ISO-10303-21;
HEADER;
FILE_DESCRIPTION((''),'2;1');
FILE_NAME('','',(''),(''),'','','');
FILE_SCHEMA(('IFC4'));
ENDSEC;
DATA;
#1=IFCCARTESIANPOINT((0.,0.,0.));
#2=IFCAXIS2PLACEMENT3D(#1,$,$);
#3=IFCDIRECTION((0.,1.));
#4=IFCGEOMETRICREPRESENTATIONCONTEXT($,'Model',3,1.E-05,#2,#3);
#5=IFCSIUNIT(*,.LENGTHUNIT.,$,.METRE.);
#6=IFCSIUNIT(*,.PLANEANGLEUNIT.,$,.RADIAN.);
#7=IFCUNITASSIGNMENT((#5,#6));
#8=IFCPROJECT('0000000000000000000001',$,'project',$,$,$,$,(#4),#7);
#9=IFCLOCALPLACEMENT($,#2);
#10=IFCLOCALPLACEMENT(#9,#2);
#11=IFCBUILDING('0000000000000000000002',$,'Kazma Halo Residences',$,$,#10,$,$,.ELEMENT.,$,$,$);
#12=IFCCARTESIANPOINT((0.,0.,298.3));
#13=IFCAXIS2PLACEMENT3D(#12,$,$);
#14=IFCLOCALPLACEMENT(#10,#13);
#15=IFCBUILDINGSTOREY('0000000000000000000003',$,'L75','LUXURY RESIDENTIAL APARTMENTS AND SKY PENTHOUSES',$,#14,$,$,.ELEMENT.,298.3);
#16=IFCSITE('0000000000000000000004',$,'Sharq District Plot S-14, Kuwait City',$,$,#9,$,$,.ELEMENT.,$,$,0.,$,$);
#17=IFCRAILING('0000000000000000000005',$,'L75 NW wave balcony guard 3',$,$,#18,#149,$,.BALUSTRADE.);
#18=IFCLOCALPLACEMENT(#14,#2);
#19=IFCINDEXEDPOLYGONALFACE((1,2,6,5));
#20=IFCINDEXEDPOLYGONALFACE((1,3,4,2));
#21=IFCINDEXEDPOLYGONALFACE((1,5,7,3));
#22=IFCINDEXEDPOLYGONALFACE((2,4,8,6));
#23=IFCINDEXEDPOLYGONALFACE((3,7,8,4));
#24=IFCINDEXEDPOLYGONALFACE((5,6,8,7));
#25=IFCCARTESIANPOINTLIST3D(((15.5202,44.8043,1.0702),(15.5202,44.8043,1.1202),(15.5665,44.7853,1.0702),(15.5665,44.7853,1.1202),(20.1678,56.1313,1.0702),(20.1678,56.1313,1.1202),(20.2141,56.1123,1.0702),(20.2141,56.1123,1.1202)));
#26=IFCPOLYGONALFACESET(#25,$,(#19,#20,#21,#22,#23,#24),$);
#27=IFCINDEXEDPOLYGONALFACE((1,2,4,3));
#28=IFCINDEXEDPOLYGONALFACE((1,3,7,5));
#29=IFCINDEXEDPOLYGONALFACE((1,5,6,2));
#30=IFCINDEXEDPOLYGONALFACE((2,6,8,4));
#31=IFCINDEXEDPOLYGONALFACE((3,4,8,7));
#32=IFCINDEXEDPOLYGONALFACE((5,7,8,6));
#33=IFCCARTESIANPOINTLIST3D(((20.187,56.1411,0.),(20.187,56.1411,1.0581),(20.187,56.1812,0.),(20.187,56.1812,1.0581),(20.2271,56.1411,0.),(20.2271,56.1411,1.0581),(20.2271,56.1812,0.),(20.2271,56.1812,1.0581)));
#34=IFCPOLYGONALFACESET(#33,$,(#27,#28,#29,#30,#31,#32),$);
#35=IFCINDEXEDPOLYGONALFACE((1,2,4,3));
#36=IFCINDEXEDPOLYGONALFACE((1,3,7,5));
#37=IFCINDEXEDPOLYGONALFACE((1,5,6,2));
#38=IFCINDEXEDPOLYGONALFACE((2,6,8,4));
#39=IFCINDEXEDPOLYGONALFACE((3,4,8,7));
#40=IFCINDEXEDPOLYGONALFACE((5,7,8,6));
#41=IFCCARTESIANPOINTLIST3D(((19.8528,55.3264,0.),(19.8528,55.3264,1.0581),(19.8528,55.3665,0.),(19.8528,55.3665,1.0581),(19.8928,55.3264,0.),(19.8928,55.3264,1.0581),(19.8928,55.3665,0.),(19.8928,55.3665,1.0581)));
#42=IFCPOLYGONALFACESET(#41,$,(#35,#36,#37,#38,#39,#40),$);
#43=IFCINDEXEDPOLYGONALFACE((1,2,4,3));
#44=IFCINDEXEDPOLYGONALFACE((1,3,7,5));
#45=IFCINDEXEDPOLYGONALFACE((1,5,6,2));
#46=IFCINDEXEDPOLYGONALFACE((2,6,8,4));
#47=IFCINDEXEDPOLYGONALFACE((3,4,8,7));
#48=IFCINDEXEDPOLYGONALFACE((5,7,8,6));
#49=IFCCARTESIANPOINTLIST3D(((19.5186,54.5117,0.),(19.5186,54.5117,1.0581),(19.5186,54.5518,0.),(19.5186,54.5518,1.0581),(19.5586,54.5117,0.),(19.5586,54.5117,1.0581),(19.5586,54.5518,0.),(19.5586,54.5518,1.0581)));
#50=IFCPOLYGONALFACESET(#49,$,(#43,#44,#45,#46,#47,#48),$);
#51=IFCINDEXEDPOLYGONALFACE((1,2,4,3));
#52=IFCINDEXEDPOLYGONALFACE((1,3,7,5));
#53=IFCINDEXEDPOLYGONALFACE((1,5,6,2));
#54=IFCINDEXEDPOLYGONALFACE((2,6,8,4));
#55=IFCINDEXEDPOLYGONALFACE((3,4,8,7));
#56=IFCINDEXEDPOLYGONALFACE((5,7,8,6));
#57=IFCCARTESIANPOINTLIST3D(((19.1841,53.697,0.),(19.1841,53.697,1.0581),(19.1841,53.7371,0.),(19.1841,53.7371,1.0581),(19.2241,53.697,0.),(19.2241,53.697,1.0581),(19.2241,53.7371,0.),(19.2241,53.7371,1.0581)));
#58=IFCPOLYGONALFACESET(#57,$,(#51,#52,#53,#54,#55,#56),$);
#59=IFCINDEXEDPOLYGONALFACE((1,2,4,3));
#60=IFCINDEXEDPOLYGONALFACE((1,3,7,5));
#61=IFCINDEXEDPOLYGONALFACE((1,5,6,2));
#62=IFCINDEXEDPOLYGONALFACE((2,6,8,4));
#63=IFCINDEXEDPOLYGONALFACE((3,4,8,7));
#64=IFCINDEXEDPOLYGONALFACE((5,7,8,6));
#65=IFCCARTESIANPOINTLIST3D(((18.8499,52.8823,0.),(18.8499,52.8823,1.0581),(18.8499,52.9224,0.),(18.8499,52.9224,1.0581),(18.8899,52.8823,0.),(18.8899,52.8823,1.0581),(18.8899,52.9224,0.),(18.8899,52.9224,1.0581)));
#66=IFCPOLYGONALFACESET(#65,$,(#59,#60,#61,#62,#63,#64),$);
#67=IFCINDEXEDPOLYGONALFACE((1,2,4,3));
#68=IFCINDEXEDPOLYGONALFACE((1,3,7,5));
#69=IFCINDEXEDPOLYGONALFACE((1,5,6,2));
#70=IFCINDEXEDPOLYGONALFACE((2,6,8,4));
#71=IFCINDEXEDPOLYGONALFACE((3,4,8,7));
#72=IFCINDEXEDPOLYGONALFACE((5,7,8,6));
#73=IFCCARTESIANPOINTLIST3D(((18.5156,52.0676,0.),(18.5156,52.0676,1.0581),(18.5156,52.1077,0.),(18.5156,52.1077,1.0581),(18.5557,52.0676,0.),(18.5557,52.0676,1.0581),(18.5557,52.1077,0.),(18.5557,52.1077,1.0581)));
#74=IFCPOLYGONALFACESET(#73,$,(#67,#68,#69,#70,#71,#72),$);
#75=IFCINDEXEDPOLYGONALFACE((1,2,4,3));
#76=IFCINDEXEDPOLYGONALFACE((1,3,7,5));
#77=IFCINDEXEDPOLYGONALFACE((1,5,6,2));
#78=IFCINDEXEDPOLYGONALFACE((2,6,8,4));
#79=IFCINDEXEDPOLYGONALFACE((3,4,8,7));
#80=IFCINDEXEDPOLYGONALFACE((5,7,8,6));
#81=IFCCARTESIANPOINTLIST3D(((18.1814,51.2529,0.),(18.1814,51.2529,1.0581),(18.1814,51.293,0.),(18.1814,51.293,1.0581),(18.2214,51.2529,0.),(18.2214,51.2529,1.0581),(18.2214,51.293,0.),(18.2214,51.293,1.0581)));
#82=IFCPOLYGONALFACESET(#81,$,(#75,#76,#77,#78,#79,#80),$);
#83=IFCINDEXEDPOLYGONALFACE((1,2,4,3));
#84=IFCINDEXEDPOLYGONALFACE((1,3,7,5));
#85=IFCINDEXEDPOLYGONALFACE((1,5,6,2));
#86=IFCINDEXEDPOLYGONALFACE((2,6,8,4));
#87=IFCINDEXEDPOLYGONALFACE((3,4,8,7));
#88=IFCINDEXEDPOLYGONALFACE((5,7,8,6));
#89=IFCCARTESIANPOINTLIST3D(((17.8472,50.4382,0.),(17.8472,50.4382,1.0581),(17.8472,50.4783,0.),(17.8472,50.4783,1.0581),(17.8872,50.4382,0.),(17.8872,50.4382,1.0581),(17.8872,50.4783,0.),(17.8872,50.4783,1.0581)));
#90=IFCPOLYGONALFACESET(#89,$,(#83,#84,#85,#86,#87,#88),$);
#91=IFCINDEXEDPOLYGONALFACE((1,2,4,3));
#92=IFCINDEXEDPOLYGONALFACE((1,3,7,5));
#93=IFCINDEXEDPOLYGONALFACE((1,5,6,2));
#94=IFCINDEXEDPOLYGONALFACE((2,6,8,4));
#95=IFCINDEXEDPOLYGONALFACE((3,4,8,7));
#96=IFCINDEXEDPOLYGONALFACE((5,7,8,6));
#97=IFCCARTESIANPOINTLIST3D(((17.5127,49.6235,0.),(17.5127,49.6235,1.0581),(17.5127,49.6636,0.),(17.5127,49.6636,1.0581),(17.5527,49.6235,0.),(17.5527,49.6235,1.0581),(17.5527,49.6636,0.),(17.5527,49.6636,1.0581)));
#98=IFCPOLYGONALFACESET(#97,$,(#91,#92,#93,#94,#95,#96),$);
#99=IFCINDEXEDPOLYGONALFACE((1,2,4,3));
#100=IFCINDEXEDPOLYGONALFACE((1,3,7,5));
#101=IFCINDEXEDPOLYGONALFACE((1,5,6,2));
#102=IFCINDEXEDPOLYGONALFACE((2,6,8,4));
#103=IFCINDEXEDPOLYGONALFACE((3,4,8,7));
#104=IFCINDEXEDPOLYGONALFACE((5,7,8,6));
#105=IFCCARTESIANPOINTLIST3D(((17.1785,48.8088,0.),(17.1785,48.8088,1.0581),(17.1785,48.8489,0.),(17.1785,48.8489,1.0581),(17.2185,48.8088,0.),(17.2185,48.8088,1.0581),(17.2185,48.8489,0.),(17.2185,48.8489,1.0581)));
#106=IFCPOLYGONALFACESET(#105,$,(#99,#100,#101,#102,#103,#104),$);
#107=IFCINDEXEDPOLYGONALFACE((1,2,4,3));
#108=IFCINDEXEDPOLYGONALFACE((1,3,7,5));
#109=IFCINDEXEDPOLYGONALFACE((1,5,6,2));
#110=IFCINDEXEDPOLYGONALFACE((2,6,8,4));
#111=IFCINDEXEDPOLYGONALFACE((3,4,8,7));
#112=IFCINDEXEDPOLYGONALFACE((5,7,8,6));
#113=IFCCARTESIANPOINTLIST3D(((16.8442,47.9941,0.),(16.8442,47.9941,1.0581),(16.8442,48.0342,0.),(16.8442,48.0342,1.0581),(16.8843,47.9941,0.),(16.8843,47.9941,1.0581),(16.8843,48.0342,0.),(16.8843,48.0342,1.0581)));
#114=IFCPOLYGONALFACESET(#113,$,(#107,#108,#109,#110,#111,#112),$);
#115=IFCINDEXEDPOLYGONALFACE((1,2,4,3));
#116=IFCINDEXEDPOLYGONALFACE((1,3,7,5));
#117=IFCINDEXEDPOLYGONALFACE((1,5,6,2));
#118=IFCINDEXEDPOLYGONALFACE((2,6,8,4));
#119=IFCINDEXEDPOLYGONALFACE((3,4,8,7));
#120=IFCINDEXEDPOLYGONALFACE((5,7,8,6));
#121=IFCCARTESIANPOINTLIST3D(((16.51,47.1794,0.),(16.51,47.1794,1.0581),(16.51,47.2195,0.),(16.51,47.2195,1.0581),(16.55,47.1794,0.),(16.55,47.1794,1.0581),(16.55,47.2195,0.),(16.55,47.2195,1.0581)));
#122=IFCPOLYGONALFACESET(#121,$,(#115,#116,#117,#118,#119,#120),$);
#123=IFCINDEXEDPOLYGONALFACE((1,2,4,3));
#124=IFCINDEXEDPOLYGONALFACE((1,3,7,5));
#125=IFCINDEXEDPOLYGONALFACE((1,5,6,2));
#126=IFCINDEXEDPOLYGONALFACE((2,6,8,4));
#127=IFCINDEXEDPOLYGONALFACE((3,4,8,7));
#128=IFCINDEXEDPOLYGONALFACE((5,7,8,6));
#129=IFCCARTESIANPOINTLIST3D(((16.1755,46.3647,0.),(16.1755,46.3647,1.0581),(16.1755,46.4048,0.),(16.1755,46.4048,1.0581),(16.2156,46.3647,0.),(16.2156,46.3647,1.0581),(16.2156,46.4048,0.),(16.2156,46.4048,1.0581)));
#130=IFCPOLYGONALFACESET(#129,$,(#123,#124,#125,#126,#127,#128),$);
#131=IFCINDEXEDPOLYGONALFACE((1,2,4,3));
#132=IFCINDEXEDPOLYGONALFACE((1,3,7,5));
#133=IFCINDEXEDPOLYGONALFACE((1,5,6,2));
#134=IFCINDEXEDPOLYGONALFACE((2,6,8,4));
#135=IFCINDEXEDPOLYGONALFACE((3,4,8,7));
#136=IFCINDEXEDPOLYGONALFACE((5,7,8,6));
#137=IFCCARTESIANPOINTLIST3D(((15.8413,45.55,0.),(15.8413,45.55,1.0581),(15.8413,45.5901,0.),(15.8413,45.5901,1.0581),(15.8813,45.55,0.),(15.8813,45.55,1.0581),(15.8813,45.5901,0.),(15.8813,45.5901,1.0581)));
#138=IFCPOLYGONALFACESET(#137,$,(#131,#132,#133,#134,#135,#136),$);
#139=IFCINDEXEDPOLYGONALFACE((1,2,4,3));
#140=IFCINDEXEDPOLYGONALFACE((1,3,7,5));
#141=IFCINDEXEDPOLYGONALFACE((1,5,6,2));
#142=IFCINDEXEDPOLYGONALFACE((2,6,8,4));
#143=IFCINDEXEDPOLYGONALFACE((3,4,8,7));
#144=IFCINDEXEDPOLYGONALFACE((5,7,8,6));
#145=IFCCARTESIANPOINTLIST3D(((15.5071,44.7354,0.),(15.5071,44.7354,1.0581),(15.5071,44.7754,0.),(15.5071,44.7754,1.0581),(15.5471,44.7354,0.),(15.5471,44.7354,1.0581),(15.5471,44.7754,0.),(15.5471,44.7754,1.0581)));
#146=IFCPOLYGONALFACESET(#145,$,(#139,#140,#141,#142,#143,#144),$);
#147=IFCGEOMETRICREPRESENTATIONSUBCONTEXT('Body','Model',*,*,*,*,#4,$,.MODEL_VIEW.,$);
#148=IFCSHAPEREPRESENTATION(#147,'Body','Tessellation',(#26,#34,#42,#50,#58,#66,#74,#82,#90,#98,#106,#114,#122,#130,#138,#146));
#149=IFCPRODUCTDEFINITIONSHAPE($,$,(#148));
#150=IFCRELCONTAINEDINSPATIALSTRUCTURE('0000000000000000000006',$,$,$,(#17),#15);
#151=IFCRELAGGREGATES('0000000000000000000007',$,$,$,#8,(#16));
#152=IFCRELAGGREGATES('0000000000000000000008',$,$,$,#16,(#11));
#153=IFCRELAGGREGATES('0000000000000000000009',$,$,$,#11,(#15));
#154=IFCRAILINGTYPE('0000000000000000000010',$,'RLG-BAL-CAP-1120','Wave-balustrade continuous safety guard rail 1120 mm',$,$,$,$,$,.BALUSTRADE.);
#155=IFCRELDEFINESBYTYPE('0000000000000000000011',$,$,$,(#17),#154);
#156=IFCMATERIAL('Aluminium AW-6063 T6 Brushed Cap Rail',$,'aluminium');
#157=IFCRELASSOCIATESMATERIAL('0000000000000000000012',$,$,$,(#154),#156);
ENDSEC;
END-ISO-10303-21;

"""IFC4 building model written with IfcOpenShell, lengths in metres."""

from ifc_helpers import new_model, si_unit, direction, frame, origin, origin_2d, place, context, subcontext, project, spatial, rectangle, extrude, material, type_object, element, save


model = new_model("IFC4")

# Units and contexts
model_context = context("Model", 3, precision=1e-05, world=origin(), true_north=direction((0.0, 1.0)))
body_context = subcontext(model_context, "Body", "Model", "MODEL_VIEW")
ifc_project = project(units=[si_unit("LENGTHUNIT", "METRE"), si_unit("PLANEANGLEUNIT", "RADIAN")], contexts=[model_context])

# Site, building, storey
site_placement = place(None, origin())
site = spatial("IfcSite", under=ifc_project, at=site_placement, Name="Sharq District Plot S-14, Kuwait City", CompositionType="ELEMENT", RefElevation=0.0)
building_placement = place(site_placement, origin())
building = spatial("IfcBuilding", under=site, at=building_placement, Name="Kazma Halo Residences", CompositionType="ELEMENT")
storey_placement = place(building_placement, frame((0.0, 0.0, 298.3)))
storey = spatial("IfcBuildingStorey", under=building, at=storey_placement, Name="L75", Description="LUXURY RESIDENTIAL APARTMENTS AND SKY PENTHOUSES", CompositionType="ELEMENT", Elevation=298.3)

# Railing
ifc_material_1 = material(Name="Aluminium AW-6063 T6 Brushed Cap Rail", Category="aluminium")
railing_type = type_object("IfcRailingType", Name="RLG-BAL-CAP-1120", Description="Wave-balustrade continuous safety guard rail 1120 mm", PredefinedType="BALUSTRADE", material=ifc_material_1)
railing_1_placement = place(storey_placement, frame((20.207, 56.1611, 0.0)))
element("IfcRailing", 1, at=railing_1_placement, inside=storey, type_object=railing_type, Name="L75 NW wave balcony guard 3", PredefinedType="BALUSTRADE", context=body_context, shape_type="SweptSolid", body=[
    extrude(rectangle(XDim=0.05, YDim=0.05, at=origin_2d()), frame((-0.0161, -0.0393, 1.0952), z_axis=(-0.379601, -0.92515, 0.0), x_axis=(0.92515, -0.379601, 0.0)), (0.0, 0.0, 1.0), 12.2434),
    extrude(rectangle(XDim=0.04, YDim=0.04, at=origin_2d()), origin(), (0.0, 0.0, 1.0), 1.0581),
    extrude(rectangle(XDim=0.04, YDim=0.04, at=origin_2d()), frame((-0.3342, -0.8147, 0.0)), (0.0, 0.0, 1.0), 1.0581),
    extrude(rectangle(XDim=0.04, YDim=0.04, at=origin_2d()), frame((-0.6685, -1.6294, 0.0)), (0.0, 0.0, 1.0), 1.0581),
    extrude(rectangle(XDim=0.04, YDim=0.04, at=origin_2d()), frame((-1.0029, -2.4441, 0.0)), (0.0, 0.0, 1.0), 1.0581),
    extrude(rectangle(XDim=0.04, YDim=0.04, at=origin_2d()), frame((-1.3372, -3.2588, 0.0)), (0.0, 0.0, 1.0), 1.0581),
    extrude(rectangle(XDim=0.04, YDim=0.04, at=origin_2d()), frame((-1.6714, -4.0735, 0.0)), (0.0, 0.0, 1.0), 1.0581),
    extrude(rectangle(XDim=0.04, YDim=0.04, at=origin_2d()), frame((-2.0056, -4.8882, 0.0)), (0.0, 0.0, 1.0), 1.0581),
    extrude(rectangle(XDim=0.04, YDim=0.04, at=origin_2d()), frame((-2.3398, -5.7029, 0.0)), (0.0, 0.0, 1.0), 1.0581),
    extrude(rectangle(XDim=0.04, YDim=0.04, at=origin_2d()), frame((-2.6743, -6.5176, 0.0)), (0.0, 0.0, 1.0), 1.0581),
    extrude(rectangle(XDim=0.04, YDim=0.04, at=origin_2d()), frame((-3.0085, -7.3323, 0.0)), (0.0, 0.0, 1.0), 1.0581),
    extrude(rectangle(XDim=0.04, YDim=0.04, at=origin_2d()), frame((-3.3428, -8.147, 0.0)), (0.0, 0.0, 1.0), 1.0581),
    extrude(rectangle(XDim=0.04, YDim=0.04, at=origin_2d()), frame((-3.677, -8.9617, 0.0)), (0.0, 0.0, 1.0), 1.0581),
    extrude(rectangle(XDim=0.04, YDim=0.04, at=origin_2d()), frame((-4.0115, -9.7764, 0.0)), (0.0, 0.0, 1.0), 1.0581),
    extrude(rectangle(XDim=0.04, YDim=0.04, at=origin_2d()), frame((-4.3457, -10.5911, 0.0)), (0.0, 0.0, 1.0), 1.0581),
    extrude(rectangle(XDim=0.04, YDim=0.04, at=origin_2d()), frame((-4.6799, -11.4058, 0.0)), (0.0, 0.0, 1.0), 1.0581),
])

save(model, "model.ifc")
